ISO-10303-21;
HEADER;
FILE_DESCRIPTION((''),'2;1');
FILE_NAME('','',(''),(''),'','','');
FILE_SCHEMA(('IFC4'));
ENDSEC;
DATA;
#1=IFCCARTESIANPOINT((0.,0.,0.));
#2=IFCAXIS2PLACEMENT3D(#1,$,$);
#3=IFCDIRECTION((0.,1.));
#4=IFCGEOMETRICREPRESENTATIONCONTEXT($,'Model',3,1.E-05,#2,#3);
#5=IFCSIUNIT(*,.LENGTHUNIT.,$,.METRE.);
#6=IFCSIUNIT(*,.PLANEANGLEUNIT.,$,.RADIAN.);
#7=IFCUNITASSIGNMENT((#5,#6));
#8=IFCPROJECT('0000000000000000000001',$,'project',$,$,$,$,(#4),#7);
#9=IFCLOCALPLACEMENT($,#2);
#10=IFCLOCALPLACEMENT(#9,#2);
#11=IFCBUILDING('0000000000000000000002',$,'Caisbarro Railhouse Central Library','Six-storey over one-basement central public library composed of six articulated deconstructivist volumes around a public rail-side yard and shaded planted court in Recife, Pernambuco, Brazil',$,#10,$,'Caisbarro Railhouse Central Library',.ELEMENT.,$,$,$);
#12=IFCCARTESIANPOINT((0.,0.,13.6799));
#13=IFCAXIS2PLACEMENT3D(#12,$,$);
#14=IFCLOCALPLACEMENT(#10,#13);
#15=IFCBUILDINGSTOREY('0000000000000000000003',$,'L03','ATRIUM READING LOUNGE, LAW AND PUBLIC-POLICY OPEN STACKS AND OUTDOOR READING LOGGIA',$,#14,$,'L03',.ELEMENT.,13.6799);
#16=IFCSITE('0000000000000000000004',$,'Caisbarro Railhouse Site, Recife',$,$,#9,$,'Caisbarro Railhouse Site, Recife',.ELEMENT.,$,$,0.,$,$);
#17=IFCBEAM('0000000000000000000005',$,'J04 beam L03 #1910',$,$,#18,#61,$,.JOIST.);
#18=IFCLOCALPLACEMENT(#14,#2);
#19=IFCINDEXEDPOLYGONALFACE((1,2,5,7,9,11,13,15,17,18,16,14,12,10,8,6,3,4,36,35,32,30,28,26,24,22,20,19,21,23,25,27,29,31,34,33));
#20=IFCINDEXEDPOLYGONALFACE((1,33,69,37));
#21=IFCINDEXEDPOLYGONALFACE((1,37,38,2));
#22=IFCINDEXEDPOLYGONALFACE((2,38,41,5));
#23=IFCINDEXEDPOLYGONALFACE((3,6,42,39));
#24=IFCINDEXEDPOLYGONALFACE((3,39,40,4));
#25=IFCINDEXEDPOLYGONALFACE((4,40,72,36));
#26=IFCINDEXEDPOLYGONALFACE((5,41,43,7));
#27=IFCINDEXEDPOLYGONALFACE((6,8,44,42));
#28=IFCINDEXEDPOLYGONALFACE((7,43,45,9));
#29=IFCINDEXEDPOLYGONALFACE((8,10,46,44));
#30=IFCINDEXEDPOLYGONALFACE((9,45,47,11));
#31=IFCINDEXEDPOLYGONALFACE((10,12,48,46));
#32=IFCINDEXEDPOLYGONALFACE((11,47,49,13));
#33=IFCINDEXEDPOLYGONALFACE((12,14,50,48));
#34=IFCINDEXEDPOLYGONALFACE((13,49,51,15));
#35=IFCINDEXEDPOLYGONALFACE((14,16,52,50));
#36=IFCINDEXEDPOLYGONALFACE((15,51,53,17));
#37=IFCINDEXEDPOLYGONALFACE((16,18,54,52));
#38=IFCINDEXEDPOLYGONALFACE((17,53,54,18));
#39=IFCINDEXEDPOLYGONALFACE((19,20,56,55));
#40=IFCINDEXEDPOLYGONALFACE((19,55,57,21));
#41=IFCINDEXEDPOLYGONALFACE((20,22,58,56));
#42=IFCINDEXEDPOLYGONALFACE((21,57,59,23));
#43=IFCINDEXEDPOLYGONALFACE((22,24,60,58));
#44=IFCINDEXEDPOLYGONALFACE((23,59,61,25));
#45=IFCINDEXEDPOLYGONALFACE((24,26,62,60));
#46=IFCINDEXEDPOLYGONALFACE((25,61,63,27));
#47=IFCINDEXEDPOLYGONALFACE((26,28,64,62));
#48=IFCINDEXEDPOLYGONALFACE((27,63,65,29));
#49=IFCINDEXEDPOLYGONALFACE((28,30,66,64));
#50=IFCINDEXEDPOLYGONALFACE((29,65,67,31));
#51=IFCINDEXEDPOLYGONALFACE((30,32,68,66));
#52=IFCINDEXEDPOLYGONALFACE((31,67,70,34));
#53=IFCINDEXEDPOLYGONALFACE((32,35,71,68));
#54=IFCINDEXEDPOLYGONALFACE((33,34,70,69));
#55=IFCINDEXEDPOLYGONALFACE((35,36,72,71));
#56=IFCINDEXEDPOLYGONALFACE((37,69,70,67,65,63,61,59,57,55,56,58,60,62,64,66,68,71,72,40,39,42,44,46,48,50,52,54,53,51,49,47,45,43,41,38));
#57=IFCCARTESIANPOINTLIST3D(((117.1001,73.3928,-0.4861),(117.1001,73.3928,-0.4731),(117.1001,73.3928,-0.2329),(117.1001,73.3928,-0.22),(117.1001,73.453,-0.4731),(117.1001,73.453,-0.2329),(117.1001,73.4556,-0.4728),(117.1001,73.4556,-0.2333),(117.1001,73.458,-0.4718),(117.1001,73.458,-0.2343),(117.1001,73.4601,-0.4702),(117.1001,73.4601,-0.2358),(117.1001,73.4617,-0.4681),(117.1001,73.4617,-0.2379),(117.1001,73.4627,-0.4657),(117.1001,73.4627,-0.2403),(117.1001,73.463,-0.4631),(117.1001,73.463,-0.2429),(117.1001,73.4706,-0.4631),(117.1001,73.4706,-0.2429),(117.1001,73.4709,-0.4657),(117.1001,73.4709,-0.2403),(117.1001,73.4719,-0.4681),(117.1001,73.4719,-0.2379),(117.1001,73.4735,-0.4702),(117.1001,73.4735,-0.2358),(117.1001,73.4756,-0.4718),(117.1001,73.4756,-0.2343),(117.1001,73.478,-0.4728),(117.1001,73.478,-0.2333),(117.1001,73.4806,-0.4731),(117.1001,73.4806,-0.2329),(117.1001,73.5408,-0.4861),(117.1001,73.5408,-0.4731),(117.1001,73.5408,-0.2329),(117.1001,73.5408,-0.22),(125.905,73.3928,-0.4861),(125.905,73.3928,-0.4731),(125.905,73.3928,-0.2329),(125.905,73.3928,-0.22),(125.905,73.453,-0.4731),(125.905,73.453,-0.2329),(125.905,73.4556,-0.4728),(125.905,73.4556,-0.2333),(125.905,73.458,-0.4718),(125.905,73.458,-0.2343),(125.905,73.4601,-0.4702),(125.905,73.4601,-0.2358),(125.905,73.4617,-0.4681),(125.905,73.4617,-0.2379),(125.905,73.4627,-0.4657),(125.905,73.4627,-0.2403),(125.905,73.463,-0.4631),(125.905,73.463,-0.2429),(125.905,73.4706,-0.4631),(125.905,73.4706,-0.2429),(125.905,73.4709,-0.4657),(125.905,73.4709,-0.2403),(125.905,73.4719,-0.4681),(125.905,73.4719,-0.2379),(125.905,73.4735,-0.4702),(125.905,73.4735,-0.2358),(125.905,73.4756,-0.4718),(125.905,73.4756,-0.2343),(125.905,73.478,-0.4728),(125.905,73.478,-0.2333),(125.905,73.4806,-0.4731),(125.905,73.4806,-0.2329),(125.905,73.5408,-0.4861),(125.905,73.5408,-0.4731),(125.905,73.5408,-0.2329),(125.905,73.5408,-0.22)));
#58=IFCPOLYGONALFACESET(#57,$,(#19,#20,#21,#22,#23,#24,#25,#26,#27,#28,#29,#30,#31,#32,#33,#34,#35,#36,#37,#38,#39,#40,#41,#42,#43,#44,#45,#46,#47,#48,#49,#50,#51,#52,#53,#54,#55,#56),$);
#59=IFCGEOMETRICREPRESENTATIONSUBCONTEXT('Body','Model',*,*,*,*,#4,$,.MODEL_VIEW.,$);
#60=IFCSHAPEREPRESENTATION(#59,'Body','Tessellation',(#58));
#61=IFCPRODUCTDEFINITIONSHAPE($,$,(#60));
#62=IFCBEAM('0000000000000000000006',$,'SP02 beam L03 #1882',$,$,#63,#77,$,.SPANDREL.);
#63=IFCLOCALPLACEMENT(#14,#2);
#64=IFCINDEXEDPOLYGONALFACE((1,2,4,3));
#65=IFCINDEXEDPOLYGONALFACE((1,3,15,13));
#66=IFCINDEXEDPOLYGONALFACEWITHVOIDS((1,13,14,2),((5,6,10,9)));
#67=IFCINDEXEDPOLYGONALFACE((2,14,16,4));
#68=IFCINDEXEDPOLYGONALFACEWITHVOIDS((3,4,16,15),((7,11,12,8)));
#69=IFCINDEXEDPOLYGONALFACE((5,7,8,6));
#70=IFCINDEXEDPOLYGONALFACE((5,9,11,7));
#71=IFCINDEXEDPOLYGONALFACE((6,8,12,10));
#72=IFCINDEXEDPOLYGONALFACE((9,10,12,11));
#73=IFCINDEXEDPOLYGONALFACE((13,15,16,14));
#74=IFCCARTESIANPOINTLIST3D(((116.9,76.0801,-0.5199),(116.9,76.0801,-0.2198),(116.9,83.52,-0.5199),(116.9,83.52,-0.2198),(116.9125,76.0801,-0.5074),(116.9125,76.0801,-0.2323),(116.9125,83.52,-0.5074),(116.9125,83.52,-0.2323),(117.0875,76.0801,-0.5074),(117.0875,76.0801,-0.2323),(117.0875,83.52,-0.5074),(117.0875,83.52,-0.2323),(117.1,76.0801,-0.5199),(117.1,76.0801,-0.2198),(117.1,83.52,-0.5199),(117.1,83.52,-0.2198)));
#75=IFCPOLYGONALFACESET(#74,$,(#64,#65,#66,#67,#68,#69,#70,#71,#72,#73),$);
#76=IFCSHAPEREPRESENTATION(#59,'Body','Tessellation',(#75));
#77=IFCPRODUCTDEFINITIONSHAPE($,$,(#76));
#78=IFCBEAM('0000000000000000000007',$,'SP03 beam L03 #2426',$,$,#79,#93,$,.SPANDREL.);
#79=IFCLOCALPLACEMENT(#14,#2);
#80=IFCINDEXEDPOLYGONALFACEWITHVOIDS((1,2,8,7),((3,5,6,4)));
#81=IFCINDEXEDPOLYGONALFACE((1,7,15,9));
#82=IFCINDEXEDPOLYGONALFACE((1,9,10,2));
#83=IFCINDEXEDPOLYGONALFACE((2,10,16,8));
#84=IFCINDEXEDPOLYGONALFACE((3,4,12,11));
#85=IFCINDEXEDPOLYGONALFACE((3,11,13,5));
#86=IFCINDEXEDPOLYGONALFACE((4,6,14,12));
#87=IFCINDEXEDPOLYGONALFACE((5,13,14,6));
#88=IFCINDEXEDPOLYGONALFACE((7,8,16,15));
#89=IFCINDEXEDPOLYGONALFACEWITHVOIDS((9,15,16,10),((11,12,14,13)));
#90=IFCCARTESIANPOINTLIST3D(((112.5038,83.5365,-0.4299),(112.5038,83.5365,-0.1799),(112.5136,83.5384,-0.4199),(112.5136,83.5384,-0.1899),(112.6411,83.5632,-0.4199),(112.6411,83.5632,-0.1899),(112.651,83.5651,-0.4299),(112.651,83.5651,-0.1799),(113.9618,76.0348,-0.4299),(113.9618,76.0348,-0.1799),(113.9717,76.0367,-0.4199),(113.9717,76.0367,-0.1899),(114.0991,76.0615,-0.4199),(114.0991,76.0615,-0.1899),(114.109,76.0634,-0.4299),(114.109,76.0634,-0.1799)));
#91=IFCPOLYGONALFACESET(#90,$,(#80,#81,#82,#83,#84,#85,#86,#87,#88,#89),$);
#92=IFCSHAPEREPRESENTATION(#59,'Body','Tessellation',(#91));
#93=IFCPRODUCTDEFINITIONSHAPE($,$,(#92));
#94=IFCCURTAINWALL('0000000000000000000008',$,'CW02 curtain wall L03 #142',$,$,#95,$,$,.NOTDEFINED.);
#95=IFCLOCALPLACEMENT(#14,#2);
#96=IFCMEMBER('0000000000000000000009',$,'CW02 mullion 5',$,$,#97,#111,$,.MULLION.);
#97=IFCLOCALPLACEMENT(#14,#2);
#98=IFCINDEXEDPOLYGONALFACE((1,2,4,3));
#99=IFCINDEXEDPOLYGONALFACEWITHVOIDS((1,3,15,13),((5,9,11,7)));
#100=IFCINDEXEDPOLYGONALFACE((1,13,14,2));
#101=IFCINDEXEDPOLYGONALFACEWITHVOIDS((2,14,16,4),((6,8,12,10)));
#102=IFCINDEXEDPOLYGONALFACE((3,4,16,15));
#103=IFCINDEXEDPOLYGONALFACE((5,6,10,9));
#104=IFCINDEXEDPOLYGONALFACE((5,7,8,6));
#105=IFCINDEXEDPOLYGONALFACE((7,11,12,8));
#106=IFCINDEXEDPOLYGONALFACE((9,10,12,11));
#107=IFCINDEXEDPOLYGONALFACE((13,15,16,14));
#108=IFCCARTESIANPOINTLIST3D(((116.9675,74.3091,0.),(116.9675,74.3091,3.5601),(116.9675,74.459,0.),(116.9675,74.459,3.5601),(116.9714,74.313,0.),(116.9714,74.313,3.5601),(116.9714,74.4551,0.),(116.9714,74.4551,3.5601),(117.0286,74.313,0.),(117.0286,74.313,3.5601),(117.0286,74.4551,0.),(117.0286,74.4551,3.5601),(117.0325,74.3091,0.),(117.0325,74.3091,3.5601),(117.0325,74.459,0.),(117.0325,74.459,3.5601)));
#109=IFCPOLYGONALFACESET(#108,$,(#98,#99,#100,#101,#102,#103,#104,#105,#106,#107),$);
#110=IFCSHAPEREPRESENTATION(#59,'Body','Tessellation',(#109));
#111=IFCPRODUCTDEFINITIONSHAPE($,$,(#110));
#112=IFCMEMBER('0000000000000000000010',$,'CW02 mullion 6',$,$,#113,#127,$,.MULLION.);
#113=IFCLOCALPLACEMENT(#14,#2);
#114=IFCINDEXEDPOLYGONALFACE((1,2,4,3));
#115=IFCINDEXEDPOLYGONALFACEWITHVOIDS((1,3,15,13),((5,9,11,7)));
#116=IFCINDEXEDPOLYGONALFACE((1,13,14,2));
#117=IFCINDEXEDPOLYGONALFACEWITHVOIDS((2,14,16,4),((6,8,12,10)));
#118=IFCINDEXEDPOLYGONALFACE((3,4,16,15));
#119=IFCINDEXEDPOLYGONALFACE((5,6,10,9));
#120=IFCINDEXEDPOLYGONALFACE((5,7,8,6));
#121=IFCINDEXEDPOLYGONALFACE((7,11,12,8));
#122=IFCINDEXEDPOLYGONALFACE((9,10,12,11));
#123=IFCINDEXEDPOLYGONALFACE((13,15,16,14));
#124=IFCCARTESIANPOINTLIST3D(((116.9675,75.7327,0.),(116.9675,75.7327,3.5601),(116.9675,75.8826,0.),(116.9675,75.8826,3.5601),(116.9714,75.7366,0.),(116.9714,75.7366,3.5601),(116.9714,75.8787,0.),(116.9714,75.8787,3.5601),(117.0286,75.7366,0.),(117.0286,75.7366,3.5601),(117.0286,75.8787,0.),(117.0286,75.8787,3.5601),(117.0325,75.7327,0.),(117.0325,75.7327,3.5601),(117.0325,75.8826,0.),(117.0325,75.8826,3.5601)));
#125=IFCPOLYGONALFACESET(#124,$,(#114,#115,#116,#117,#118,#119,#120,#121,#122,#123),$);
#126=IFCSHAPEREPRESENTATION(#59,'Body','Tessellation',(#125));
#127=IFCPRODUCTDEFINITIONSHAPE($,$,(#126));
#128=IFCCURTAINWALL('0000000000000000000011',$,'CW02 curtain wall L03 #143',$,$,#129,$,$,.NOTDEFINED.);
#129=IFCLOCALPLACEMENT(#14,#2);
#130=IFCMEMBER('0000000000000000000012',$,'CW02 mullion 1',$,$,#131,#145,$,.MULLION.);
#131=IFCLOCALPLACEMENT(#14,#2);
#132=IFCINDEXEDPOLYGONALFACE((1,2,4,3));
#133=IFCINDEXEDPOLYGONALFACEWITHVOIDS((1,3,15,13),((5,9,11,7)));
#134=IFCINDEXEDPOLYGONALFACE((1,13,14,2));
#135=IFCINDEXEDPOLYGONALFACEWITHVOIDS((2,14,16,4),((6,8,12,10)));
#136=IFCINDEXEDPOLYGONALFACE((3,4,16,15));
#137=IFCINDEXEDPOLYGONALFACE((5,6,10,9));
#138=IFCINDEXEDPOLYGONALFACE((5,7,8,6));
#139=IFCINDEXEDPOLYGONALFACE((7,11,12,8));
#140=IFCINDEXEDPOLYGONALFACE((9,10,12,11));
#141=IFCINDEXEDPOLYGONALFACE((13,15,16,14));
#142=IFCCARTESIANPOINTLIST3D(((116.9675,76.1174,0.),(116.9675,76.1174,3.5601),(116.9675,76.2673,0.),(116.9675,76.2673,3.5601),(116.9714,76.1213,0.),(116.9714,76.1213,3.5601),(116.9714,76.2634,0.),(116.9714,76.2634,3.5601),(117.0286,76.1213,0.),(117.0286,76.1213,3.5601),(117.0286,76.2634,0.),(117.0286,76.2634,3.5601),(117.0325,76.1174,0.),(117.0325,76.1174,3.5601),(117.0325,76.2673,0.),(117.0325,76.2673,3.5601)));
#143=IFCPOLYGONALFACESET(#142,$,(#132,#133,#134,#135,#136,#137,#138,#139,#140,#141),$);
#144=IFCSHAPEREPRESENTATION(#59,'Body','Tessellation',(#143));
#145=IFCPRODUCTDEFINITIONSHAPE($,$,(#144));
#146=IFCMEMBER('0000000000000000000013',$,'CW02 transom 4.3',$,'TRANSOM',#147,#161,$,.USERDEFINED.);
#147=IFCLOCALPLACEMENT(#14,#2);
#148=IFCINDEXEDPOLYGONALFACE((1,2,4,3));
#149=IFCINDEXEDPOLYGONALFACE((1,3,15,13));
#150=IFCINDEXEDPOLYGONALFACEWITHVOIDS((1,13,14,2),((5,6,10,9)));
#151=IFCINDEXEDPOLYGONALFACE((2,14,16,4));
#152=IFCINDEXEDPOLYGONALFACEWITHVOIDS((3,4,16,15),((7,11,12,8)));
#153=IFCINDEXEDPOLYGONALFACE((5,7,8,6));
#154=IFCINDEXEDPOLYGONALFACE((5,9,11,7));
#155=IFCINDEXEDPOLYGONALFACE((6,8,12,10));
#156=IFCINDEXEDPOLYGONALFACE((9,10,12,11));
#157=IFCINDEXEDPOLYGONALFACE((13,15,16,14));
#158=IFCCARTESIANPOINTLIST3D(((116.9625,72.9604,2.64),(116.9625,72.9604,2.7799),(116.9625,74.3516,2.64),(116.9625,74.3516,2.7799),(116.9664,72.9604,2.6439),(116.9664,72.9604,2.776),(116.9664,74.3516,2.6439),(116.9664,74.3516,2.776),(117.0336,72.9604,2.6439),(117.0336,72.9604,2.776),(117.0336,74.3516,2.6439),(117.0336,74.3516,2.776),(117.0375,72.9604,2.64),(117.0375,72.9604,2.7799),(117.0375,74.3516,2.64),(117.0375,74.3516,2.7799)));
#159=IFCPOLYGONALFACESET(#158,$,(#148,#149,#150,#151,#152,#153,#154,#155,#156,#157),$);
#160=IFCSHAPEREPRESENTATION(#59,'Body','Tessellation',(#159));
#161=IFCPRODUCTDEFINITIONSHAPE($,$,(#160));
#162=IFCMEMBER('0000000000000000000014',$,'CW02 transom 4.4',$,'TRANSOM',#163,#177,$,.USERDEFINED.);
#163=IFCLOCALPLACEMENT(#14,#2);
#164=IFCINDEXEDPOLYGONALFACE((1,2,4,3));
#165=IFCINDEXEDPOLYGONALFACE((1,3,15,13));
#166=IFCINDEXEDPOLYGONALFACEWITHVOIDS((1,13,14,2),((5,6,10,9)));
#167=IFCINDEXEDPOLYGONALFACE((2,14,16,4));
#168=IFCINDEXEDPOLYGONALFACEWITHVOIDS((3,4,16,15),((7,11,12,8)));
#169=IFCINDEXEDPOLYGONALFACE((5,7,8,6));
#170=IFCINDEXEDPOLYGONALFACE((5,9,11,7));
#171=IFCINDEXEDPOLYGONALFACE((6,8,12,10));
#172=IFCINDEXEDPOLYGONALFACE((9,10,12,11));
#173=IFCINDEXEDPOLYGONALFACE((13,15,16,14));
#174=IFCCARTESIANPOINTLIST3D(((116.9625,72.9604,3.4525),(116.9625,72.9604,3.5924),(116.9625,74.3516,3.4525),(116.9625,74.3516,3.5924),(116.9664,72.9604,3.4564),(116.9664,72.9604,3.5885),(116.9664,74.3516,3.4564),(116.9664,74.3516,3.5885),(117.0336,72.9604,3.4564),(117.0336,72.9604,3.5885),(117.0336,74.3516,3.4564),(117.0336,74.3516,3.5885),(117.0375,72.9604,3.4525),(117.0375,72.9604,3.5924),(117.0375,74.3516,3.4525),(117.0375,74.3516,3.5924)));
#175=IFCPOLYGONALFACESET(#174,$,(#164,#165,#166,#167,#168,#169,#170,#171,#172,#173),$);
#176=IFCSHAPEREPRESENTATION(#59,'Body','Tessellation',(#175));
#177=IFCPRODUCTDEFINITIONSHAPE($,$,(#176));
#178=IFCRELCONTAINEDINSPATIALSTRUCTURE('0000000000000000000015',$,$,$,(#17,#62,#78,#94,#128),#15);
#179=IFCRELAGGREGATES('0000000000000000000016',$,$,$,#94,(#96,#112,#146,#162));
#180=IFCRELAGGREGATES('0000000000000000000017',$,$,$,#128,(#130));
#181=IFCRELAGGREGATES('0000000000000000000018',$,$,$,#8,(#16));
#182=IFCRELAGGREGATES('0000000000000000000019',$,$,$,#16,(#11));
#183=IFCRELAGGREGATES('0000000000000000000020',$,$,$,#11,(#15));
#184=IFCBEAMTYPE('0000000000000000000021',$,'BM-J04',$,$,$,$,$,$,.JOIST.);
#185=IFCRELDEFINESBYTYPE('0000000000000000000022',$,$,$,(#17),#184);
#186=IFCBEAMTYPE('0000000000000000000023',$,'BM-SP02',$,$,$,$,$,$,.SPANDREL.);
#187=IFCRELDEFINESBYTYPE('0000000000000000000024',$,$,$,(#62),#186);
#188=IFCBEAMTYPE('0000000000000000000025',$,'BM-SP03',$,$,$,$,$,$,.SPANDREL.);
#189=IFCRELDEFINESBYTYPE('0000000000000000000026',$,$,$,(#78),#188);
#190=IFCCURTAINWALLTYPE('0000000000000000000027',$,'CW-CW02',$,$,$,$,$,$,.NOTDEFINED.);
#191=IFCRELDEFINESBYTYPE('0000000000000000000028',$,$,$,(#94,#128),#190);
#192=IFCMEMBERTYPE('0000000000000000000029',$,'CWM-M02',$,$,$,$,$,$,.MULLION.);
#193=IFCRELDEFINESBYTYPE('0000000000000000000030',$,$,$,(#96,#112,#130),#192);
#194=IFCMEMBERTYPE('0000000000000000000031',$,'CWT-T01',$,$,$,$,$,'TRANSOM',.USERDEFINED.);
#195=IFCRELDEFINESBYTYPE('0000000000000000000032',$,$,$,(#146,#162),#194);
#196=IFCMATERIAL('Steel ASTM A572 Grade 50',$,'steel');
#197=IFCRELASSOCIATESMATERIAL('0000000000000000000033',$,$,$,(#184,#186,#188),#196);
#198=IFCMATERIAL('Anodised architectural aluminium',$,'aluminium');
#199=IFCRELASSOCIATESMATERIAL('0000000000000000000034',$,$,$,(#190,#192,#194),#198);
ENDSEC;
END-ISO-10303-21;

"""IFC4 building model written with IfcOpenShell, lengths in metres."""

from ifc_helpers import new_model, si_unit, direction, frame, origin, origin_2d, place, context, subcontext, project, spatial, hollow_rectangle, i_section, extrude, material, material_profile, profile_set, type_object, element, aggregate, save


model = new_model("IFC4")

# Units and contexts
model_context = context("Model", 3, precision=1e-05, world=origin(), true_north=direction((0.0, 1.0)))
body_context = subcontext(model_context, "Body", "Model", "MODEL_VIEW")
ifc_project = project(units=[si_unit("LENGTHUNIT", "METRE"), si_unit("PLANEANGLEUNIT", "RADIAN")], contexts=[model_context])

# Site, building, storey
site_placement = place(None, origin())
site = spatial("IfcSite", under=ifc_project, at=site_placement, Name="Caisbarro Railhouse Site, Recife", LongName="Caisbarro Railhouse Site, Recife", CompositionType="ELEMENT", RefElevation=0.0)
building_placement = place(site_placement, origin())
building = spatial("IfcBuilding", under=site, at=building_placement, Name="Caisbarro Railhouse Central Library", Description="Six-storey over one-basement central public library composed of six articulated deconstructivist volumes around a public rail-side yard and shaded planted court in Recife, Pernambuco, Brazil", LongName="Caisbarro Railhouse Central Library", CompositionType="ELEMENT")
storey_placement = place(building_placement, frame((0.0, 0.0, 13.6799)))
storey = spatial("IfcBuildingStorey", under=building, at=storey_placement, Name="L03", Description="ATRIUM READING LOUNGE, LAW AND PUBLIC-POLICY OPEN STACKS AND OUTDOOR READING LOGGIA", LongName="L03", CompositionType="ELEMENT", Elevation=13.6799)

# Shared definitions
ifc_material_1 = material(Name="Steel ASTM A572 Grade 50", Category="steel")

# Beams
ifc_material_profile_1 = material_profile(ifc_material_1, i_section(OverallWidth=0.1479, OverallDepth=0.2661, WebThickness=0.0076, FlangeThickness=0.0129, FilletRadius=0.01, at=origin_2d()), Name="W250X44.8")
ifc_profile_set_1 = profile_set([ifc_material_profile_1], Name="Steel ASTM A572 Grade 50")
beam_type_1 = type_object("IfcBeamType", Name="BM-J04", PredefinedType="JOIST", material=ifc_profile_set_1)
beam_1_placement = place(storey_placement, frame((117.1001, 73.4668, -0.353), z_axis=(1.0, 0.0, 0.0), x_axis=(0.0, 1.0, 0.0)))
element("IfcBeam", 1, at=beam_1_placement, inside=storey, type_object=beam_type_1, Name="J04 beam L03 #1910", PredefinedType="JOIST", context=body_context, shape_type="SweptSolid", body=[
    extrude(i_section(OverallWidth=0.1479, OverallDepth=0.2661, WebThickness=0.0076, FlangeThickness=0.0129, FilletRadius=0.01, at=origin_2d()), origin(), (0.0, 0.0, 1.0), 8.8049),
])
ifc_material_profile_2 = material_profile(ifc_material_1, hollow_rectangle(XDim=0.2, YDim=0.3, WallThickness=0.0125, at=origin_2d()), Name="HSS300X200X12.5")
ifc_profile_set_2 = profile_set([ifc_material_profile_2], Name="Steel ASTM A572 Grade 50")
beam_type_2 = type_object("IfcBeamType", Name="BM-SP02", PredefinedType="SPANDREL", material=ifc_profile_set_2)
beam_2_placement = place(storey_placement, frame((117.0, 76.0801, -0.3699), z_axis=(0.0, 1.0, 0.0), x_axis=(-1.0, 0.0, 0.0)))
element("IfcBeam", 2, at=beam_2_placement, inside=storey, type_object=beam_type_2, Name="SP02 beam L03 #1882", PredefinedType="SPANDREL", context=body_context, shape_type="SweptSolid", body=[
    extrude(hollow_rectangle(XDim=0.2, YDim=0.3, WallThickness=0.0125, at=origin_2d()), origin(), (0.0, 0.0, 1.0), 7.4399),
])
ifc_material_profile_3 = material_profile(ifc_material_1, hollow_rectangle(XDim=0.1499, YDim=0.25, WallThickness=0.01, at=origin_2d()), Name="HSS250X150X10")
ifc_profile_set_3 = profile_set([ifc_material_profile_3], Name="Steel ASTM A572 Grade 50")
beam_type_3 = type_object("IfcBeamType", Name="BM-SP03", PredefinedType="SPANDREL", material=ifc_profile_set_3)
beam_3_placement = place(storey_placement, frame((114.0354, 76.0491, -0.3049), z_axis=(-0.190787, 0.981632, 0.0), x_axis=(-0.981632, -0.190787, 0.0)))
element("IfcBeam", 3, at=beam_3_placement, inside=storey, type_object=beam_type_3, Name="SP03 beam L03 #2426", PredefinedType="SPANDREL", context=body_context, shape_type="SweptSolid", body=[
    extrude(hollow_rectangle(XDim=0.1499, YDim=0.25, WallThickness=0.01, at=origin_2d()), origin(), (0.0, 0.0, 1.0), 7.6421),
])

# Curtain wall, members
ifc_material_2 = material(Name="Anodised architectural aluminium", Category="aluminium")
curtain_wall_type = type_object("IfcCurtainWallType", Name="CW-CW02", PredefinedType="NOTDEFINED", material=ifc_material_2)
curtain_wall_1_placement = place(storey_placement, origin())
curtain_wall_1 = element("IfcCurtainWall", 4, at=curtain_wall_1_placement, inside=storey, type_object=curtain_wall_type, Name="CW02 curtain wall L03 #142", PredefinedType="NOTDEFINED")
ifc_material_profile_4 = material_profile(ifc_material_2, hollow_rectangle(XDim=0.0649, YDim=0.1499, WallThickness=0.0039, at=origin_2d()), Name="ALU-MUL-65X150")
ifc_profile_set_4 = profile_set([ifc_material_profile_4], Name="Anodised architectural aluminium")
member_type_1 = type_object("IfcMemberType", Name="CWM-M02", PredefinedType="MULLION", material=ifc_profile_set_4)
member_1_placement = place(storey_placement, frame((117.0, 74.384, 0.0), z_axis=(0.0, 0.0, 1.0), x_axis=(-1.0, 0.0, 0.0)))
member_1 = element("IfcMember", 5, at=member_1_placement, type_object=member_type_1, Name="CW02 mullion 5", PredefinedType="MULLION", context=body_context, shape_type="SweptSolid", body=[
    extrude(hollow_rectangle(XDim=0.0649, YDim=0.1499, WallThickness=0.0039, at=origin_2d()), origin(), (0.0, 0.0, 1.0), 3.5601),
])
member_2_placement = place(storey_placement, frame((117.0, 75.8076, 0.0), z_axis=(0.0, 0.0, 1.0), x_axis=(-1.0, 0.0, 0.0)))
member_2 = element("IfcMember", 6, at=member_2_placement, type_object=member_type_1, Name="CW02 mullion 6", PredefinedType="MULLION", context=body_context, shape_type="SweptSolid", body=[
    extrude(hollow_rectangle(XDim=0.0649, YDim=0.1499, WallThickness=0.0039, at=origin_2d()), origin(), (0.0, 0.0, 1.0), 3.5601),
])

# Curtain wall, member
curtain_wall_2_placement = place(storey_placement, origin())
curtain_wall_2 = element("IfcCurtainWall", 7, at=curtain_wall_2_placement, inside=storey, type_object=curtain_wall_type, Name="CW02 curtain wall L03 #143", PredefinedType="NOTDEFINED")
member_3_placement = place(storey_placement, frame((117.0, 76.1924, 0.0), z_axis=(0.0, 0.0, 1.0), x_axis=(-1.0, 0.0, 0.0)))
member_3 = element("IfcMember", 8, at=member_3_placement, type_object=member_type_1, Name="CW02 mullion 1", PredefinedType="MULLION", context=body_context, shape_type="SweptSolid", body=[
    extrude(hollow_rectangle(XDim=0.0649, YDim=0.1499, WallThickness=0.0039, at=origin_2d()), origin(), (0.0, 0.0, 1.0), 3.5601),
])

# Members
ifc_material_profile_5 = material_profile(ifc_material_2, hollow_rectangle(XDim=0.075, YDim=0.1399, WallThickness=0.0039, at=origin_2d()), Name="ALU-TRN-75X140")
ifc_profile_set_5 = profile_set([ifc_material_profile_5], Name="Anodised architectural aluminium")
member_type_2 = type_object("IfcMemberType", Name="CWT-T01", ElementType="TRANSOM", PredefinedType="USERDEFINED", material=ifc_profile_set_5)
member_4_placement = place(storey_placement, frame((117.0, 72.9604, 2.71), z_axis=(0.0, 1.0, 0.0), x_axis=(-1.0, 0.0, 0.0)))
member_4 = element("IfcMember", 9, at=member_4_placement, type_object=member_type_2, Name="CW02 transom 4.3", ObjectType="TRANSOM", PredefinedType="USERDEFINED", context=body_context, shape_type="SweptSolid", body=[
    extrude(hollow_rectangle(XDim=0.075, YDim=0.1399, WallThickness=0.0039, at=origin_2d()), origin(), (0.0, 0.0, 1.0), 1.3911),
])
member_5_placement = place(storey_placement, frame((117.0, 72.9604, 3.5225), z_axis=(0.0, 1.0, 0.0), x_axis=(-1.0, 0.0, 0.0)))
member_5 = element("IfcMember", 10, at=member_5_placement, type_object=member_type_2, Name="CW02 transom 4.4", ObjectType="TRANSOM", PredefinedType="USERDEFINED", context=body_context, shape_type="SweptSolid", body=[
    extrude(hollow_rectangle(XDim=0.075, YDim=0.1399, WallThickness=0.0039, at=origin_2d()), origin(), (0.0, 0.0, 1.0), 1.3911),
])

aggregate(curtain_wall_1, [member_1, member_2, member_4, member_5])
aggregate(curtain_wall_2, [member_3])

save(model, "model.ifc")
